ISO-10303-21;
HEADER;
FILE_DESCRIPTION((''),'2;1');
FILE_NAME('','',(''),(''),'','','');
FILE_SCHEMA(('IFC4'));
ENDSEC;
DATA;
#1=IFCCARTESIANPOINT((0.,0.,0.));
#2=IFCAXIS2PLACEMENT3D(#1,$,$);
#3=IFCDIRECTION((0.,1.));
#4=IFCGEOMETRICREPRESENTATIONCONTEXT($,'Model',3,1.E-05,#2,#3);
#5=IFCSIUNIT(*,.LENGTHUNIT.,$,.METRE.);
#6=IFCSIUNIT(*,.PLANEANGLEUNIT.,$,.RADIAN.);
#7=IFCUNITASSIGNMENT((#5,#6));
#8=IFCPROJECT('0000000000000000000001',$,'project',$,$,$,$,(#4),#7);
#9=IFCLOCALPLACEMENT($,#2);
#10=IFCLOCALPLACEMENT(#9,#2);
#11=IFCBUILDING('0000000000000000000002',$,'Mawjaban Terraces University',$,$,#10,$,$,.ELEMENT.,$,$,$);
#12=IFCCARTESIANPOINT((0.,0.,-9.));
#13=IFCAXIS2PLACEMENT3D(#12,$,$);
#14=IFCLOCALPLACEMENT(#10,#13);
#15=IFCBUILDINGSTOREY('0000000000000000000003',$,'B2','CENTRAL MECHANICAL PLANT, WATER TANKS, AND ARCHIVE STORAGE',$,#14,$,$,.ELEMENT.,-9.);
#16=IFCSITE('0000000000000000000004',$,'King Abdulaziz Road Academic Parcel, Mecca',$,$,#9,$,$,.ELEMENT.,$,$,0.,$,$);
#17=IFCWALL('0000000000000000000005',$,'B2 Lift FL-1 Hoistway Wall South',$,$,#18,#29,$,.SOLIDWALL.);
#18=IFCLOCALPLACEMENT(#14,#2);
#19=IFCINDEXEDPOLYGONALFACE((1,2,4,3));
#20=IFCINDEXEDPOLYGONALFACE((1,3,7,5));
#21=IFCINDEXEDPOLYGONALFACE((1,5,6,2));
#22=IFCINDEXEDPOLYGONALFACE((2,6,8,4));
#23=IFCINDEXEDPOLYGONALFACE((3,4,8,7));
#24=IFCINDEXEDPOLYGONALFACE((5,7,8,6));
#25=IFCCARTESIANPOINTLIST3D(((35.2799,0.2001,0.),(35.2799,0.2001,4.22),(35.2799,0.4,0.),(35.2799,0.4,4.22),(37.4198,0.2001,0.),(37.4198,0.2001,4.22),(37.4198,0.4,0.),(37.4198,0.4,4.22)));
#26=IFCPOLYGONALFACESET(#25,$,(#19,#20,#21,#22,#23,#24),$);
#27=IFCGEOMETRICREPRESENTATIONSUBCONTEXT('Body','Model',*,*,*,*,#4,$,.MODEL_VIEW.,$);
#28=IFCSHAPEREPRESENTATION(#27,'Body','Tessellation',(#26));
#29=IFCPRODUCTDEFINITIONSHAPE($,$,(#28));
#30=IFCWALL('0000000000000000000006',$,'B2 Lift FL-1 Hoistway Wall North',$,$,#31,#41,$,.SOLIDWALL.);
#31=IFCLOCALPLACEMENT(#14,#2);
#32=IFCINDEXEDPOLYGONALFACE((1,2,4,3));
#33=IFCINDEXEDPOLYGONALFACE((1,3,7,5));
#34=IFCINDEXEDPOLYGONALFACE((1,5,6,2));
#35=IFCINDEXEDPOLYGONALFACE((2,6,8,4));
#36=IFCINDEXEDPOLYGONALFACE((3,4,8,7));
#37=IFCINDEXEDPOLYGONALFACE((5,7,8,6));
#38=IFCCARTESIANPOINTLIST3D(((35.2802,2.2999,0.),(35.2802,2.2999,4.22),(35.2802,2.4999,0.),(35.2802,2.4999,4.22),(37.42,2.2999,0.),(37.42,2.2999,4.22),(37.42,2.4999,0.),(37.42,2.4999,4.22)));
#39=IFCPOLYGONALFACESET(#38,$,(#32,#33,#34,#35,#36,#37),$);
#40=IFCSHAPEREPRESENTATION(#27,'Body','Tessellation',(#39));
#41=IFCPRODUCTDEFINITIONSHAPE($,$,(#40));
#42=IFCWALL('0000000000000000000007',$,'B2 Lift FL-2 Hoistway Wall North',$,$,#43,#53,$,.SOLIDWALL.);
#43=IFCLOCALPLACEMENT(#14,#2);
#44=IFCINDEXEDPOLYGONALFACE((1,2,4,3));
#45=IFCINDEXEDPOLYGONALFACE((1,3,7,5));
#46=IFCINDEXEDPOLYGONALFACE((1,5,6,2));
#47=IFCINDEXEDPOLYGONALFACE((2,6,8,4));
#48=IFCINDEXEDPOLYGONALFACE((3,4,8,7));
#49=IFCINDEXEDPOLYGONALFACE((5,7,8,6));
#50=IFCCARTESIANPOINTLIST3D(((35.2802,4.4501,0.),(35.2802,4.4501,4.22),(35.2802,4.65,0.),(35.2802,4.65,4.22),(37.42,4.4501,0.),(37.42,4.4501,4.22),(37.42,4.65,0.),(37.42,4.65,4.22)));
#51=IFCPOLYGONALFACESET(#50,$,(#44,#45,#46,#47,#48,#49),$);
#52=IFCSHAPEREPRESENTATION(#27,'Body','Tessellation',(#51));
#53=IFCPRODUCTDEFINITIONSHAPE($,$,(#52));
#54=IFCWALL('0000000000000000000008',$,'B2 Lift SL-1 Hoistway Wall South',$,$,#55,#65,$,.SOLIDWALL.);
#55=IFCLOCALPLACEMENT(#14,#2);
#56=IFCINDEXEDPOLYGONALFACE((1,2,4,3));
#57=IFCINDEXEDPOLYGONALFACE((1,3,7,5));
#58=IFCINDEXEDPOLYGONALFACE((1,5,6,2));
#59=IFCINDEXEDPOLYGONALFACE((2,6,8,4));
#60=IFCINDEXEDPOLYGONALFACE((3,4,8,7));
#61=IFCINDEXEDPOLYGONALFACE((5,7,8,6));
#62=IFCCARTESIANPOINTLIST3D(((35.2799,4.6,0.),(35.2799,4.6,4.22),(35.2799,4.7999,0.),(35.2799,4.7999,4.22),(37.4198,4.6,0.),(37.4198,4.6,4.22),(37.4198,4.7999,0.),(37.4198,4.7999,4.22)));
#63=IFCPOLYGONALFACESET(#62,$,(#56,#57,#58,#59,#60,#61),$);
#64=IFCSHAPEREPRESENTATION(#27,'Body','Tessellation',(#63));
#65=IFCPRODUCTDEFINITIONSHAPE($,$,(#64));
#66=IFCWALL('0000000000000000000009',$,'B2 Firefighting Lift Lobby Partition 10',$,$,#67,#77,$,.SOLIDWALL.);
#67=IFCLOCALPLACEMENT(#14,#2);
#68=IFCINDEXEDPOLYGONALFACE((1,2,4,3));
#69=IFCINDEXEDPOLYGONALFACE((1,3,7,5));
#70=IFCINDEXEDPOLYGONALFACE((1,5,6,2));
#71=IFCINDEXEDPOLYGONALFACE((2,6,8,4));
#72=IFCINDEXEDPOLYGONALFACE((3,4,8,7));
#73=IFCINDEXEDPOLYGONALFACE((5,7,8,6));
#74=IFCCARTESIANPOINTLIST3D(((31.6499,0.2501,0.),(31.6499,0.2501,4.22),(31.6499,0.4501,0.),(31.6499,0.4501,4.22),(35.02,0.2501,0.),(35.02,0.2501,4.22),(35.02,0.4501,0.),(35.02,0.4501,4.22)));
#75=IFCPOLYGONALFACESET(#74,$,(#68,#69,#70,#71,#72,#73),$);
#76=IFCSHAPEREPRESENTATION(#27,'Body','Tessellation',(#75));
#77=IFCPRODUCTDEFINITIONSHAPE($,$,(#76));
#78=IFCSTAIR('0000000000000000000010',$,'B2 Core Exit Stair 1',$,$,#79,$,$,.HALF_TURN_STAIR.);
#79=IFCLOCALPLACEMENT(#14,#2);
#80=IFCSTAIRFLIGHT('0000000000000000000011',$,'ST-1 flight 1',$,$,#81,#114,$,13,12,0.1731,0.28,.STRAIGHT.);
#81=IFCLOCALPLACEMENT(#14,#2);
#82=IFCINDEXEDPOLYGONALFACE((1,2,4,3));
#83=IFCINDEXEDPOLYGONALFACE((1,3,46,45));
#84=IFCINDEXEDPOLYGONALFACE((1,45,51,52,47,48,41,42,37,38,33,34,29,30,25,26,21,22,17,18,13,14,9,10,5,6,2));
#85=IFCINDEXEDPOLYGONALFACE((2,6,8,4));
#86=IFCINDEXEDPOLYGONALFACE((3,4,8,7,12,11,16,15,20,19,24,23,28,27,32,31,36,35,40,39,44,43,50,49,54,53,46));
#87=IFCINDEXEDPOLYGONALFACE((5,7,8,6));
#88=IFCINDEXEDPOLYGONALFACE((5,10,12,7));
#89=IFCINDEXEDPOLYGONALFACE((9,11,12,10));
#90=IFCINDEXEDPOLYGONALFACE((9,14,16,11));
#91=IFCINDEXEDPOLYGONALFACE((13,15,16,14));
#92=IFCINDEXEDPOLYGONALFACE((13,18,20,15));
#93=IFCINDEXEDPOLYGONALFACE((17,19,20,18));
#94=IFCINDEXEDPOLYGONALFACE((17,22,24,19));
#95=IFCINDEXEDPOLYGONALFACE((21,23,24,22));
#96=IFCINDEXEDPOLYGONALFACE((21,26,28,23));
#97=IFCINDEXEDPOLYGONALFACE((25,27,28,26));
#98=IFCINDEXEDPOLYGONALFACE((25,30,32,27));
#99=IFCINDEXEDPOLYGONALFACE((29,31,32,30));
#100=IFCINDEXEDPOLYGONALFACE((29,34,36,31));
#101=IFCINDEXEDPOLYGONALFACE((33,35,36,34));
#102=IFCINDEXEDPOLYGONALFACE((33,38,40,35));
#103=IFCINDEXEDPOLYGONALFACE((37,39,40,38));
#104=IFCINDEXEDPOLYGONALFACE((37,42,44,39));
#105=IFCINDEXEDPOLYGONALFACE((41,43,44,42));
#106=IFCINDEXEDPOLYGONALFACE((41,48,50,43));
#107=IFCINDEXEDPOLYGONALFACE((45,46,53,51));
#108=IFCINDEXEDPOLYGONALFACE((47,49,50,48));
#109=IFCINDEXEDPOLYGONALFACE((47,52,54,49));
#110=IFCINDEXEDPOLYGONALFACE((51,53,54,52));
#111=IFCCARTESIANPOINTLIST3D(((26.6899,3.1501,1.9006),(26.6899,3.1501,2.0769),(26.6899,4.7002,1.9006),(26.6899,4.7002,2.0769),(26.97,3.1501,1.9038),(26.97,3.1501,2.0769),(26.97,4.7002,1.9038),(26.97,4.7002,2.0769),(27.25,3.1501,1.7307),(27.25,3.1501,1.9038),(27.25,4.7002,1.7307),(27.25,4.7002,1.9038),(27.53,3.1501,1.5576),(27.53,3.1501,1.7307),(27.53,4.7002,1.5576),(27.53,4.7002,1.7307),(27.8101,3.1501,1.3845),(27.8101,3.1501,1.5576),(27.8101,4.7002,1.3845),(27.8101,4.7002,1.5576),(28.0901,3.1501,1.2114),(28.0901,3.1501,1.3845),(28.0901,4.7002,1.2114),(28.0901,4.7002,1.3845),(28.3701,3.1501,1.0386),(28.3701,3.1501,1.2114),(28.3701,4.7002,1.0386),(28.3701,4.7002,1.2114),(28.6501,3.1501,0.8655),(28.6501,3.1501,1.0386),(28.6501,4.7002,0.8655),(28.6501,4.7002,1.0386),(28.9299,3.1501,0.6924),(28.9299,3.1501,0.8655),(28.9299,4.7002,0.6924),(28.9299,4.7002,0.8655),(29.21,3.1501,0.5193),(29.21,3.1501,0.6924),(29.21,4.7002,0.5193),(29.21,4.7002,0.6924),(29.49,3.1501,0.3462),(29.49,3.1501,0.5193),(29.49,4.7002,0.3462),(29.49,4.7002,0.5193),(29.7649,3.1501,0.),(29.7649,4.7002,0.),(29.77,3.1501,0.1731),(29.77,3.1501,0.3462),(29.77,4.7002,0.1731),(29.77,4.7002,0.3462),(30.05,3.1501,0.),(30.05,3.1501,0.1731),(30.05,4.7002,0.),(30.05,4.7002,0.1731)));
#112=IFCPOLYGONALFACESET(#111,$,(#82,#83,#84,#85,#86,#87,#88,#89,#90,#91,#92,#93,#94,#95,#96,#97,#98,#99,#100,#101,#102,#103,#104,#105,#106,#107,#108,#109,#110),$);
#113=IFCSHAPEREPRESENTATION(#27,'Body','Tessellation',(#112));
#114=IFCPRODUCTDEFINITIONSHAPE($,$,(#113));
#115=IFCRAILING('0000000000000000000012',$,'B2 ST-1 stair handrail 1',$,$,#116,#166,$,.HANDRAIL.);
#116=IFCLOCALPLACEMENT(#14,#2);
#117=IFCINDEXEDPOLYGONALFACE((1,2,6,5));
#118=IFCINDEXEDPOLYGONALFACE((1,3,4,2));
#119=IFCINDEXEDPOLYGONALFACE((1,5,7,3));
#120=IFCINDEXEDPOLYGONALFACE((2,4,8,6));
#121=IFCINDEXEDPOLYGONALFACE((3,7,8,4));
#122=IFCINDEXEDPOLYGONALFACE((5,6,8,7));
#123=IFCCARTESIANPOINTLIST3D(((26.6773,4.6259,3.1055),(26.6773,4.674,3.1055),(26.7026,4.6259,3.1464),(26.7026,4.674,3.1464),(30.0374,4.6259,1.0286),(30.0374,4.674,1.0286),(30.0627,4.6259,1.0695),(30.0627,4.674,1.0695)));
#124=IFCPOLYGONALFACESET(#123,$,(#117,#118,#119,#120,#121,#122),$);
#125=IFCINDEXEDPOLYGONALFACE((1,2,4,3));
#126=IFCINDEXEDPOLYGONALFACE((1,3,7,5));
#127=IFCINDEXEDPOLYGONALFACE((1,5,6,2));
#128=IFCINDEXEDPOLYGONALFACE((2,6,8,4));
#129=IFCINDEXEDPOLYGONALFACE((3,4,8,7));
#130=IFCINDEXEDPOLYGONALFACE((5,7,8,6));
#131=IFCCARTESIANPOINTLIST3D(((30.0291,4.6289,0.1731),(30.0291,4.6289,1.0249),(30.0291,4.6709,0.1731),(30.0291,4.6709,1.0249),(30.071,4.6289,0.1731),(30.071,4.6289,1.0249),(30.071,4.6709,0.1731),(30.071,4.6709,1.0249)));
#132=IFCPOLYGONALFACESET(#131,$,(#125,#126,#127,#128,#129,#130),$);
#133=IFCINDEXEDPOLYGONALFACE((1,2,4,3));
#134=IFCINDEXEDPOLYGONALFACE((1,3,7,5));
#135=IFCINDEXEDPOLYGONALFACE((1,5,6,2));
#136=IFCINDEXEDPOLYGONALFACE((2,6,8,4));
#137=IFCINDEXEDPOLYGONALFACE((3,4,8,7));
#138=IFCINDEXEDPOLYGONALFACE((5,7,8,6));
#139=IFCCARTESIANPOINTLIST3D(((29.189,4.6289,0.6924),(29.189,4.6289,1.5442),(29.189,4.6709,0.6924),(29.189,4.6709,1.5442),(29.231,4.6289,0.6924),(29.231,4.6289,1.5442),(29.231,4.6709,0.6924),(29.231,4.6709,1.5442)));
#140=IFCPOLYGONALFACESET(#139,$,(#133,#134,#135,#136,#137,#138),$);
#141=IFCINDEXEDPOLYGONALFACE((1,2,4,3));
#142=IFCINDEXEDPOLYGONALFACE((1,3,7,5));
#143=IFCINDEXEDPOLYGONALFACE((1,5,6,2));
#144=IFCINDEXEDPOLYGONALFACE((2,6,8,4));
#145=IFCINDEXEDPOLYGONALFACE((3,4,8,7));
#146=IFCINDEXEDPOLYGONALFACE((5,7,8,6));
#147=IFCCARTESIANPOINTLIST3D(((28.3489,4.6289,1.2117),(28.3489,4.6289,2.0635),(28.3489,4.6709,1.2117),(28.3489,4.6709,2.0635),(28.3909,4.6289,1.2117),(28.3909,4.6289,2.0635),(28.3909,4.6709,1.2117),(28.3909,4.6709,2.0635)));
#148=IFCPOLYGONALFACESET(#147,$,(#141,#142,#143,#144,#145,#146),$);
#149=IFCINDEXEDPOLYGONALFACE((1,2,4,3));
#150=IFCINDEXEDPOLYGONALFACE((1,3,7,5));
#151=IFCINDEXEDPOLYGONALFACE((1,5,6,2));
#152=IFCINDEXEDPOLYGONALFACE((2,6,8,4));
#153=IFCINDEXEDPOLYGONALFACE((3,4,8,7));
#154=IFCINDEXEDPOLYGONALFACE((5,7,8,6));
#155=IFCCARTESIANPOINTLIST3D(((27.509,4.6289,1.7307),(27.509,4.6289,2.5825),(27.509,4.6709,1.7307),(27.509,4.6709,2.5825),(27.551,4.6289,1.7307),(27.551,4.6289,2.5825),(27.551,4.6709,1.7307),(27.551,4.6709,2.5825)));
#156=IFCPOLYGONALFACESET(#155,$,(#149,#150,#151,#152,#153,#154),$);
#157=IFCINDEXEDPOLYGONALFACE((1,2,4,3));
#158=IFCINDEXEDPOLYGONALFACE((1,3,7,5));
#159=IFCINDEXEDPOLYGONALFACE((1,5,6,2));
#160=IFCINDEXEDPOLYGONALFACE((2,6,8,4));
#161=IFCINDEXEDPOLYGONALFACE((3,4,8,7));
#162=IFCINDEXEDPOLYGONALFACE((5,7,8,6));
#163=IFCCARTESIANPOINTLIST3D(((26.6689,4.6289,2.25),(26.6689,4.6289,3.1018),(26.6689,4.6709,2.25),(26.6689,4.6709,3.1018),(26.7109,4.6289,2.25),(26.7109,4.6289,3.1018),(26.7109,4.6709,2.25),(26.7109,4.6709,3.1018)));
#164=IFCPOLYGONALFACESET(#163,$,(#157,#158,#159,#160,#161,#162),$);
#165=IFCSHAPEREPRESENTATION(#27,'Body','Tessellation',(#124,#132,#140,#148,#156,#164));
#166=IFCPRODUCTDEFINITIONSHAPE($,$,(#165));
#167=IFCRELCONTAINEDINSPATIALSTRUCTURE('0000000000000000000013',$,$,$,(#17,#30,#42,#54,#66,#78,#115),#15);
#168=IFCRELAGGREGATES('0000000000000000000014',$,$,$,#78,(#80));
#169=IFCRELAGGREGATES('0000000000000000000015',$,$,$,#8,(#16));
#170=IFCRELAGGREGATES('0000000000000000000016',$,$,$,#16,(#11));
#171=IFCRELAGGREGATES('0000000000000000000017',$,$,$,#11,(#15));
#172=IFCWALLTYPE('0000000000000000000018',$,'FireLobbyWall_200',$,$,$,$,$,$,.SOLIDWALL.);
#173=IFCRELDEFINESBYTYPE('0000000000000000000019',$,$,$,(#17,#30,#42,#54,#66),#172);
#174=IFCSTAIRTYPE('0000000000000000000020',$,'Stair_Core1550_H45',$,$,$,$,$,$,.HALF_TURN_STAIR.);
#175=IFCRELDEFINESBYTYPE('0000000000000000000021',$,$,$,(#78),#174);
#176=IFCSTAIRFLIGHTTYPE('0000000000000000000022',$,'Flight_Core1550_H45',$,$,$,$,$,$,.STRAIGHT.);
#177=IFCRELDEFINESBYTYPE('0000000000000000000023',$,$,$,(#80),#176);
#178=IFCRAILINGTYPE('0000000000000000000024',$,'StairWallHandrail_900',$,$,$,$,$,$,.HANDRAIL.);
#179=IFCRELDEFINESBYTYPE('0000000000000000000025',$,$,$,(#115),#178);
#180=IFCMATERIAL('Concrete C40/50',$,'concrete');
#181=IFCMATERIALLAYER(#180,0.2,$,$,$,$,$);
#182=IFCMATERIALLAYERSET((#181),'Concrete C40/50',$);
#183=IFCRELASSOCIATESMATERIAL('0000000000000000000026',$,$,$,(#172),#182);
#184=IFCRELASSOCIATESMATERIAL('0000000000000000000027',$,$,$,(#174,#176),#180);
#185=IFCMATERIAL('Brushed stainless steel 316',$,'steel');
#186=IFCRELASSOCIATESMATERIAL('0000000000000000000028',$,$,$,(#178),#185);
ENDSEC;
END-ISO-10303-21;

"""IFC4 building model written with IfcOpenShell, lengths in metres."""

from ifc_helpers import new_model, si_unit, direction, frame, frame_2d, origin, origin_2d, place, context, subcontext, project, spatial, polyline, rectangle, outline, extrude, material, layer, layer_set, type_object, element, aggregate, save


model = new_model("IFC4")

# Units and contexts
model_context = context("Model", 3, precision=1e-05, world=origin(), true_north=direction((0.0, 1.0)))
body_context = subcontext(model_context, "Body", "Model", "MODEL_VIEW")
ifc_project = project(units=[si_unit("LENGTHUNIT", "METRE"), si_unit("PLANEANGLEUNIT", "RADIAN")], contexts=[model_context])

# Site, building, storey
site_placement = place(None, origin())
site = spatial("IfcSite", under=ifc_project, at=site_placement, Name="King Abdulaziz Road Academic Parcel, Mecca", CompositionType="ELEMENT", RefElevation=0.0)
building_placement = place(site_placement, origin())
building = spatial("IfcBuilding", under=site, at=building_placement, Name="Mawjaban Terraces University", CompositionType="ELEMENT")
storey_placement = place(building_placement, frame((0.0, 0.0, -9.0)))
storey = spatial("IfcBuildingStorey", under=building, at=storey_placement, Name="B2", Description="CENTRAL MECHANICAL PLANT, WATER TANKS, AND ARCHIVE STORAGE", CompositionType="ELEMENT", Elevation=-9.0)

# Shared definitions
ifc_material_1 = material(Name="Concrete C40/50", Category="concrete")
ifc_layer_1 = layer(ifc_material_1, 0.2)
ifc_layer_set_1 = layer_set([ifc_layer_1], Name="Concrete C40/50")
wall_type_1 = type_object("IfcWallType", Name="FireLobbyWall_200", PredefinedType="SOLIDWALL", material=ifc_layer_set_1)

# Walls
for number, where, z_axis, x_axis, name in (
    (1, (35.28, 0.3, 0.0), (0.0, 0.0, 1.0), (1.0, 0.0, 0.0), "B2 Lift FL-1 Hoistway Wall South"),
    (2, (37.4199, 2.3999, 0.0), (0.0, 0.0, 1.0), (-1.0, 0.0, 0.0), "B2 Lift FL-1 Hoistway Wall North"),
):
    element("IfcWall", number, at=place(storey_placement, frame(where, z_axis=z_axis, x_axis=x_axis)), inside=storey, type_object=wall_type_1, Name=name, PredefinedType="SOLIDWALL", context=body_context, shape_type="SweptSolid", body=[
        extrude(rectangle(XDim=2.1399, YDim=0.2, at=frame_2d((1.0698, 0.0))), origin(), (0.0, 0.0, 1.0), 4.22),
    ])

# Walls
for number, where, z_axis, x_axis, name in (
    (3, (37.4199, 4.55, 0.0), (0.0, 0.0, 1.0), (-1.0, 0.0, 0.0), "B2 Lift FL-2 Hoistway Wall North"),
    (4, (35.28, 4.7, 0.0), (0.0, 0.0, 1.0), (1.0, 0.0, 0.0), "B2 Lift SL-1 Hoistway Wall South"),
):
    element("IfcWall", number, at=place(storey_placement, frame(where, z_axis=z_axis, x_axis=x_axis)), inside=storey, type_object=wall_type_1, Name=name, PredefinedType="SOLIDWALL", context=body_context, shape_type="SweptSolid", body=[
        extrude(rectangle(XDim=2.1399, YDim=0.2, at=frame_2d((1.0698, 0.0))), origin(), (0.0, 0.0, 1.0), 4.22),
    ])
wall_1_placement = place(storey_placement, frame((31.6499, 0.3501, 0.0), z_axis=(0.0, 0.0, 1.0), x_axis=(1.0, 0.0, 0.0)))
element("IfcWall", 5, at=wall_1_placement, inside=storey, type_object=wall_type_1, Name="B2 Firefighting Lift Lobby Partition 10", PredefinedType="SOLIDWALL", context=body_context, shape_type="SweptSolid", body=[
    extrude(rectangle(XDim=3.3701, YDim=0.2, at=frame_2d((1.6851, 0.0))), origin(), (0.0, 0.0, 1.0), 4.22),
])

# Stair, stair flight
stair_type = type_object("IfcStairType", Name="Stair_Core1550_H45", PredefinedType="HALF_TURN_STAIR", material=ifc_material_1)
stair_placement = place(storey_placement, origin())
stair = element("IfcStair", 6, at=stair_placement, inside=storey, type_object=stair_type, Name="B2 Core Exit Stair 1", PredefinedType="HALF_TURN_STAIR")
stair_flight_type = type_object("IfcStairFlightType", Name="Flight_Core1550_H45", PredefinedType="STRAIGHT", material=ifc_material_1)
stair_flight_placement = place(storey_placement, frame((30.05, 3.925, 0.0), z_axis=(0.0, 0.0, 1.0), x_axis=(-1.0, 0.0, 0.0)))
stair_flight = element("IfcStairFlight", 7, at=stair_flight_placement, type_object=stair_flight_type, Name="ST-1 flight 1", NumberOfRisers=13, NumberOfTreads=12, PredefinedType="STRAIGHT", RiserHeight=0.1731, TreadLength=0.28, context=body_context, shape_type="SweptSolid", body=[
    extrude(outline(polyline([(0.0, 0.0), (0.0, 0.1731), (0.28, 0.1731), (0.28, 0.3462), (0.5601, 0.3462), (0.5601, 0.5193), (0.8401, 0.5193), (0.8401, 0.6924), (1.1201, 0.6924), (1.1201, 0.8655), (1.3999, 0.8655), (1.3999, 1.0386), (1.6799, 1.0386), (1.6799, 1.2114), (1.96, 1.2114), (1.96, 1.3845), (2.24, 1.3845), (2.24, 1.5576), (2.52, 1.5576), (2.52, 1.7307), (2.8, 1.7307), (2.8, 1.9038), (3.0801, 1.9038), (3.0801, 2.0769), (3.3601, 2.0769), (3.3601, 2.25), (3.3601, 1.9006), (0.2852, 0.0), (0.0, 0.0)])), frame((0.0, 0.7749, 0.0), z_axis=(0.0, -1.0, 0.0), x_axis=(1.0, 0.0, 0.0)), (0.0, 0.0, 1.0), 1.55),
])
aggregate(stair, [stair_flight])

# Railing
ifc_material_2 = material(Name="Brushed stainless steel 316", Category="steel")
railing_type_1 = type_object("IfcRailingType", Name="StairWallHandrail_900", PredefinedType="HANDRAIL", material=ifc_material_2)
railing_1_placement = place(storey_placement, frame((30.05, 4.6499, 0.1731)))
element("IfcRailing", 8, at=railing_1_placement, inside=storey, type_object=railing_type_1, Name="B2 ST-1 stair handrail 1", PredefinedType="HANDRAIL", context=body_context, shape_type="SweptSolid", body=[
    extrude(rectangle(XDim=0.0481, YDim=0.0481, at=origin_2d()), frame((0.0, 0.0, 0.876), z_axis=(-0.850623, 0.0, 0.525776), x_axis=(0.0, -1.0, 0.0)), (0.0, 0.0, 1.0), 3.9502),
    extrude(rectangle(XDim=0.042, YDim=0.042, at=origin_2d()), origin(), (0.0, 0.0, 1.0), 0.8518),
    extrude(rectangle(XDim=0.042, YDim=0.042, at=origin_2d()), frame((-0.8401, 0.0, 0.5193)), (0.0, 0.0, 1.0), 0.8518),
    extrude(rectangle(XDim=0.042, YDim=0.042, at=origin_2d()), frame((-1.6802, 0.0, 1.0386)), (0.0, 0.0, 1.0), 0.8518),
    extrude(rectangle(XDim=0.042, YDim=0.042, at=origin_2d()), frame((-2.52, 0.0, 1.5576)), (0.0, 0.0, 1.0), 0.8518),
    extrude(rectangle(XDim=0.042, YDim=0.042, at=origin_2d()), frame((-3.3601, 0.0, 2.0769)), (0.0, 0.0, 1.0), 0.8518),
])

save(model, "model.ifc")
